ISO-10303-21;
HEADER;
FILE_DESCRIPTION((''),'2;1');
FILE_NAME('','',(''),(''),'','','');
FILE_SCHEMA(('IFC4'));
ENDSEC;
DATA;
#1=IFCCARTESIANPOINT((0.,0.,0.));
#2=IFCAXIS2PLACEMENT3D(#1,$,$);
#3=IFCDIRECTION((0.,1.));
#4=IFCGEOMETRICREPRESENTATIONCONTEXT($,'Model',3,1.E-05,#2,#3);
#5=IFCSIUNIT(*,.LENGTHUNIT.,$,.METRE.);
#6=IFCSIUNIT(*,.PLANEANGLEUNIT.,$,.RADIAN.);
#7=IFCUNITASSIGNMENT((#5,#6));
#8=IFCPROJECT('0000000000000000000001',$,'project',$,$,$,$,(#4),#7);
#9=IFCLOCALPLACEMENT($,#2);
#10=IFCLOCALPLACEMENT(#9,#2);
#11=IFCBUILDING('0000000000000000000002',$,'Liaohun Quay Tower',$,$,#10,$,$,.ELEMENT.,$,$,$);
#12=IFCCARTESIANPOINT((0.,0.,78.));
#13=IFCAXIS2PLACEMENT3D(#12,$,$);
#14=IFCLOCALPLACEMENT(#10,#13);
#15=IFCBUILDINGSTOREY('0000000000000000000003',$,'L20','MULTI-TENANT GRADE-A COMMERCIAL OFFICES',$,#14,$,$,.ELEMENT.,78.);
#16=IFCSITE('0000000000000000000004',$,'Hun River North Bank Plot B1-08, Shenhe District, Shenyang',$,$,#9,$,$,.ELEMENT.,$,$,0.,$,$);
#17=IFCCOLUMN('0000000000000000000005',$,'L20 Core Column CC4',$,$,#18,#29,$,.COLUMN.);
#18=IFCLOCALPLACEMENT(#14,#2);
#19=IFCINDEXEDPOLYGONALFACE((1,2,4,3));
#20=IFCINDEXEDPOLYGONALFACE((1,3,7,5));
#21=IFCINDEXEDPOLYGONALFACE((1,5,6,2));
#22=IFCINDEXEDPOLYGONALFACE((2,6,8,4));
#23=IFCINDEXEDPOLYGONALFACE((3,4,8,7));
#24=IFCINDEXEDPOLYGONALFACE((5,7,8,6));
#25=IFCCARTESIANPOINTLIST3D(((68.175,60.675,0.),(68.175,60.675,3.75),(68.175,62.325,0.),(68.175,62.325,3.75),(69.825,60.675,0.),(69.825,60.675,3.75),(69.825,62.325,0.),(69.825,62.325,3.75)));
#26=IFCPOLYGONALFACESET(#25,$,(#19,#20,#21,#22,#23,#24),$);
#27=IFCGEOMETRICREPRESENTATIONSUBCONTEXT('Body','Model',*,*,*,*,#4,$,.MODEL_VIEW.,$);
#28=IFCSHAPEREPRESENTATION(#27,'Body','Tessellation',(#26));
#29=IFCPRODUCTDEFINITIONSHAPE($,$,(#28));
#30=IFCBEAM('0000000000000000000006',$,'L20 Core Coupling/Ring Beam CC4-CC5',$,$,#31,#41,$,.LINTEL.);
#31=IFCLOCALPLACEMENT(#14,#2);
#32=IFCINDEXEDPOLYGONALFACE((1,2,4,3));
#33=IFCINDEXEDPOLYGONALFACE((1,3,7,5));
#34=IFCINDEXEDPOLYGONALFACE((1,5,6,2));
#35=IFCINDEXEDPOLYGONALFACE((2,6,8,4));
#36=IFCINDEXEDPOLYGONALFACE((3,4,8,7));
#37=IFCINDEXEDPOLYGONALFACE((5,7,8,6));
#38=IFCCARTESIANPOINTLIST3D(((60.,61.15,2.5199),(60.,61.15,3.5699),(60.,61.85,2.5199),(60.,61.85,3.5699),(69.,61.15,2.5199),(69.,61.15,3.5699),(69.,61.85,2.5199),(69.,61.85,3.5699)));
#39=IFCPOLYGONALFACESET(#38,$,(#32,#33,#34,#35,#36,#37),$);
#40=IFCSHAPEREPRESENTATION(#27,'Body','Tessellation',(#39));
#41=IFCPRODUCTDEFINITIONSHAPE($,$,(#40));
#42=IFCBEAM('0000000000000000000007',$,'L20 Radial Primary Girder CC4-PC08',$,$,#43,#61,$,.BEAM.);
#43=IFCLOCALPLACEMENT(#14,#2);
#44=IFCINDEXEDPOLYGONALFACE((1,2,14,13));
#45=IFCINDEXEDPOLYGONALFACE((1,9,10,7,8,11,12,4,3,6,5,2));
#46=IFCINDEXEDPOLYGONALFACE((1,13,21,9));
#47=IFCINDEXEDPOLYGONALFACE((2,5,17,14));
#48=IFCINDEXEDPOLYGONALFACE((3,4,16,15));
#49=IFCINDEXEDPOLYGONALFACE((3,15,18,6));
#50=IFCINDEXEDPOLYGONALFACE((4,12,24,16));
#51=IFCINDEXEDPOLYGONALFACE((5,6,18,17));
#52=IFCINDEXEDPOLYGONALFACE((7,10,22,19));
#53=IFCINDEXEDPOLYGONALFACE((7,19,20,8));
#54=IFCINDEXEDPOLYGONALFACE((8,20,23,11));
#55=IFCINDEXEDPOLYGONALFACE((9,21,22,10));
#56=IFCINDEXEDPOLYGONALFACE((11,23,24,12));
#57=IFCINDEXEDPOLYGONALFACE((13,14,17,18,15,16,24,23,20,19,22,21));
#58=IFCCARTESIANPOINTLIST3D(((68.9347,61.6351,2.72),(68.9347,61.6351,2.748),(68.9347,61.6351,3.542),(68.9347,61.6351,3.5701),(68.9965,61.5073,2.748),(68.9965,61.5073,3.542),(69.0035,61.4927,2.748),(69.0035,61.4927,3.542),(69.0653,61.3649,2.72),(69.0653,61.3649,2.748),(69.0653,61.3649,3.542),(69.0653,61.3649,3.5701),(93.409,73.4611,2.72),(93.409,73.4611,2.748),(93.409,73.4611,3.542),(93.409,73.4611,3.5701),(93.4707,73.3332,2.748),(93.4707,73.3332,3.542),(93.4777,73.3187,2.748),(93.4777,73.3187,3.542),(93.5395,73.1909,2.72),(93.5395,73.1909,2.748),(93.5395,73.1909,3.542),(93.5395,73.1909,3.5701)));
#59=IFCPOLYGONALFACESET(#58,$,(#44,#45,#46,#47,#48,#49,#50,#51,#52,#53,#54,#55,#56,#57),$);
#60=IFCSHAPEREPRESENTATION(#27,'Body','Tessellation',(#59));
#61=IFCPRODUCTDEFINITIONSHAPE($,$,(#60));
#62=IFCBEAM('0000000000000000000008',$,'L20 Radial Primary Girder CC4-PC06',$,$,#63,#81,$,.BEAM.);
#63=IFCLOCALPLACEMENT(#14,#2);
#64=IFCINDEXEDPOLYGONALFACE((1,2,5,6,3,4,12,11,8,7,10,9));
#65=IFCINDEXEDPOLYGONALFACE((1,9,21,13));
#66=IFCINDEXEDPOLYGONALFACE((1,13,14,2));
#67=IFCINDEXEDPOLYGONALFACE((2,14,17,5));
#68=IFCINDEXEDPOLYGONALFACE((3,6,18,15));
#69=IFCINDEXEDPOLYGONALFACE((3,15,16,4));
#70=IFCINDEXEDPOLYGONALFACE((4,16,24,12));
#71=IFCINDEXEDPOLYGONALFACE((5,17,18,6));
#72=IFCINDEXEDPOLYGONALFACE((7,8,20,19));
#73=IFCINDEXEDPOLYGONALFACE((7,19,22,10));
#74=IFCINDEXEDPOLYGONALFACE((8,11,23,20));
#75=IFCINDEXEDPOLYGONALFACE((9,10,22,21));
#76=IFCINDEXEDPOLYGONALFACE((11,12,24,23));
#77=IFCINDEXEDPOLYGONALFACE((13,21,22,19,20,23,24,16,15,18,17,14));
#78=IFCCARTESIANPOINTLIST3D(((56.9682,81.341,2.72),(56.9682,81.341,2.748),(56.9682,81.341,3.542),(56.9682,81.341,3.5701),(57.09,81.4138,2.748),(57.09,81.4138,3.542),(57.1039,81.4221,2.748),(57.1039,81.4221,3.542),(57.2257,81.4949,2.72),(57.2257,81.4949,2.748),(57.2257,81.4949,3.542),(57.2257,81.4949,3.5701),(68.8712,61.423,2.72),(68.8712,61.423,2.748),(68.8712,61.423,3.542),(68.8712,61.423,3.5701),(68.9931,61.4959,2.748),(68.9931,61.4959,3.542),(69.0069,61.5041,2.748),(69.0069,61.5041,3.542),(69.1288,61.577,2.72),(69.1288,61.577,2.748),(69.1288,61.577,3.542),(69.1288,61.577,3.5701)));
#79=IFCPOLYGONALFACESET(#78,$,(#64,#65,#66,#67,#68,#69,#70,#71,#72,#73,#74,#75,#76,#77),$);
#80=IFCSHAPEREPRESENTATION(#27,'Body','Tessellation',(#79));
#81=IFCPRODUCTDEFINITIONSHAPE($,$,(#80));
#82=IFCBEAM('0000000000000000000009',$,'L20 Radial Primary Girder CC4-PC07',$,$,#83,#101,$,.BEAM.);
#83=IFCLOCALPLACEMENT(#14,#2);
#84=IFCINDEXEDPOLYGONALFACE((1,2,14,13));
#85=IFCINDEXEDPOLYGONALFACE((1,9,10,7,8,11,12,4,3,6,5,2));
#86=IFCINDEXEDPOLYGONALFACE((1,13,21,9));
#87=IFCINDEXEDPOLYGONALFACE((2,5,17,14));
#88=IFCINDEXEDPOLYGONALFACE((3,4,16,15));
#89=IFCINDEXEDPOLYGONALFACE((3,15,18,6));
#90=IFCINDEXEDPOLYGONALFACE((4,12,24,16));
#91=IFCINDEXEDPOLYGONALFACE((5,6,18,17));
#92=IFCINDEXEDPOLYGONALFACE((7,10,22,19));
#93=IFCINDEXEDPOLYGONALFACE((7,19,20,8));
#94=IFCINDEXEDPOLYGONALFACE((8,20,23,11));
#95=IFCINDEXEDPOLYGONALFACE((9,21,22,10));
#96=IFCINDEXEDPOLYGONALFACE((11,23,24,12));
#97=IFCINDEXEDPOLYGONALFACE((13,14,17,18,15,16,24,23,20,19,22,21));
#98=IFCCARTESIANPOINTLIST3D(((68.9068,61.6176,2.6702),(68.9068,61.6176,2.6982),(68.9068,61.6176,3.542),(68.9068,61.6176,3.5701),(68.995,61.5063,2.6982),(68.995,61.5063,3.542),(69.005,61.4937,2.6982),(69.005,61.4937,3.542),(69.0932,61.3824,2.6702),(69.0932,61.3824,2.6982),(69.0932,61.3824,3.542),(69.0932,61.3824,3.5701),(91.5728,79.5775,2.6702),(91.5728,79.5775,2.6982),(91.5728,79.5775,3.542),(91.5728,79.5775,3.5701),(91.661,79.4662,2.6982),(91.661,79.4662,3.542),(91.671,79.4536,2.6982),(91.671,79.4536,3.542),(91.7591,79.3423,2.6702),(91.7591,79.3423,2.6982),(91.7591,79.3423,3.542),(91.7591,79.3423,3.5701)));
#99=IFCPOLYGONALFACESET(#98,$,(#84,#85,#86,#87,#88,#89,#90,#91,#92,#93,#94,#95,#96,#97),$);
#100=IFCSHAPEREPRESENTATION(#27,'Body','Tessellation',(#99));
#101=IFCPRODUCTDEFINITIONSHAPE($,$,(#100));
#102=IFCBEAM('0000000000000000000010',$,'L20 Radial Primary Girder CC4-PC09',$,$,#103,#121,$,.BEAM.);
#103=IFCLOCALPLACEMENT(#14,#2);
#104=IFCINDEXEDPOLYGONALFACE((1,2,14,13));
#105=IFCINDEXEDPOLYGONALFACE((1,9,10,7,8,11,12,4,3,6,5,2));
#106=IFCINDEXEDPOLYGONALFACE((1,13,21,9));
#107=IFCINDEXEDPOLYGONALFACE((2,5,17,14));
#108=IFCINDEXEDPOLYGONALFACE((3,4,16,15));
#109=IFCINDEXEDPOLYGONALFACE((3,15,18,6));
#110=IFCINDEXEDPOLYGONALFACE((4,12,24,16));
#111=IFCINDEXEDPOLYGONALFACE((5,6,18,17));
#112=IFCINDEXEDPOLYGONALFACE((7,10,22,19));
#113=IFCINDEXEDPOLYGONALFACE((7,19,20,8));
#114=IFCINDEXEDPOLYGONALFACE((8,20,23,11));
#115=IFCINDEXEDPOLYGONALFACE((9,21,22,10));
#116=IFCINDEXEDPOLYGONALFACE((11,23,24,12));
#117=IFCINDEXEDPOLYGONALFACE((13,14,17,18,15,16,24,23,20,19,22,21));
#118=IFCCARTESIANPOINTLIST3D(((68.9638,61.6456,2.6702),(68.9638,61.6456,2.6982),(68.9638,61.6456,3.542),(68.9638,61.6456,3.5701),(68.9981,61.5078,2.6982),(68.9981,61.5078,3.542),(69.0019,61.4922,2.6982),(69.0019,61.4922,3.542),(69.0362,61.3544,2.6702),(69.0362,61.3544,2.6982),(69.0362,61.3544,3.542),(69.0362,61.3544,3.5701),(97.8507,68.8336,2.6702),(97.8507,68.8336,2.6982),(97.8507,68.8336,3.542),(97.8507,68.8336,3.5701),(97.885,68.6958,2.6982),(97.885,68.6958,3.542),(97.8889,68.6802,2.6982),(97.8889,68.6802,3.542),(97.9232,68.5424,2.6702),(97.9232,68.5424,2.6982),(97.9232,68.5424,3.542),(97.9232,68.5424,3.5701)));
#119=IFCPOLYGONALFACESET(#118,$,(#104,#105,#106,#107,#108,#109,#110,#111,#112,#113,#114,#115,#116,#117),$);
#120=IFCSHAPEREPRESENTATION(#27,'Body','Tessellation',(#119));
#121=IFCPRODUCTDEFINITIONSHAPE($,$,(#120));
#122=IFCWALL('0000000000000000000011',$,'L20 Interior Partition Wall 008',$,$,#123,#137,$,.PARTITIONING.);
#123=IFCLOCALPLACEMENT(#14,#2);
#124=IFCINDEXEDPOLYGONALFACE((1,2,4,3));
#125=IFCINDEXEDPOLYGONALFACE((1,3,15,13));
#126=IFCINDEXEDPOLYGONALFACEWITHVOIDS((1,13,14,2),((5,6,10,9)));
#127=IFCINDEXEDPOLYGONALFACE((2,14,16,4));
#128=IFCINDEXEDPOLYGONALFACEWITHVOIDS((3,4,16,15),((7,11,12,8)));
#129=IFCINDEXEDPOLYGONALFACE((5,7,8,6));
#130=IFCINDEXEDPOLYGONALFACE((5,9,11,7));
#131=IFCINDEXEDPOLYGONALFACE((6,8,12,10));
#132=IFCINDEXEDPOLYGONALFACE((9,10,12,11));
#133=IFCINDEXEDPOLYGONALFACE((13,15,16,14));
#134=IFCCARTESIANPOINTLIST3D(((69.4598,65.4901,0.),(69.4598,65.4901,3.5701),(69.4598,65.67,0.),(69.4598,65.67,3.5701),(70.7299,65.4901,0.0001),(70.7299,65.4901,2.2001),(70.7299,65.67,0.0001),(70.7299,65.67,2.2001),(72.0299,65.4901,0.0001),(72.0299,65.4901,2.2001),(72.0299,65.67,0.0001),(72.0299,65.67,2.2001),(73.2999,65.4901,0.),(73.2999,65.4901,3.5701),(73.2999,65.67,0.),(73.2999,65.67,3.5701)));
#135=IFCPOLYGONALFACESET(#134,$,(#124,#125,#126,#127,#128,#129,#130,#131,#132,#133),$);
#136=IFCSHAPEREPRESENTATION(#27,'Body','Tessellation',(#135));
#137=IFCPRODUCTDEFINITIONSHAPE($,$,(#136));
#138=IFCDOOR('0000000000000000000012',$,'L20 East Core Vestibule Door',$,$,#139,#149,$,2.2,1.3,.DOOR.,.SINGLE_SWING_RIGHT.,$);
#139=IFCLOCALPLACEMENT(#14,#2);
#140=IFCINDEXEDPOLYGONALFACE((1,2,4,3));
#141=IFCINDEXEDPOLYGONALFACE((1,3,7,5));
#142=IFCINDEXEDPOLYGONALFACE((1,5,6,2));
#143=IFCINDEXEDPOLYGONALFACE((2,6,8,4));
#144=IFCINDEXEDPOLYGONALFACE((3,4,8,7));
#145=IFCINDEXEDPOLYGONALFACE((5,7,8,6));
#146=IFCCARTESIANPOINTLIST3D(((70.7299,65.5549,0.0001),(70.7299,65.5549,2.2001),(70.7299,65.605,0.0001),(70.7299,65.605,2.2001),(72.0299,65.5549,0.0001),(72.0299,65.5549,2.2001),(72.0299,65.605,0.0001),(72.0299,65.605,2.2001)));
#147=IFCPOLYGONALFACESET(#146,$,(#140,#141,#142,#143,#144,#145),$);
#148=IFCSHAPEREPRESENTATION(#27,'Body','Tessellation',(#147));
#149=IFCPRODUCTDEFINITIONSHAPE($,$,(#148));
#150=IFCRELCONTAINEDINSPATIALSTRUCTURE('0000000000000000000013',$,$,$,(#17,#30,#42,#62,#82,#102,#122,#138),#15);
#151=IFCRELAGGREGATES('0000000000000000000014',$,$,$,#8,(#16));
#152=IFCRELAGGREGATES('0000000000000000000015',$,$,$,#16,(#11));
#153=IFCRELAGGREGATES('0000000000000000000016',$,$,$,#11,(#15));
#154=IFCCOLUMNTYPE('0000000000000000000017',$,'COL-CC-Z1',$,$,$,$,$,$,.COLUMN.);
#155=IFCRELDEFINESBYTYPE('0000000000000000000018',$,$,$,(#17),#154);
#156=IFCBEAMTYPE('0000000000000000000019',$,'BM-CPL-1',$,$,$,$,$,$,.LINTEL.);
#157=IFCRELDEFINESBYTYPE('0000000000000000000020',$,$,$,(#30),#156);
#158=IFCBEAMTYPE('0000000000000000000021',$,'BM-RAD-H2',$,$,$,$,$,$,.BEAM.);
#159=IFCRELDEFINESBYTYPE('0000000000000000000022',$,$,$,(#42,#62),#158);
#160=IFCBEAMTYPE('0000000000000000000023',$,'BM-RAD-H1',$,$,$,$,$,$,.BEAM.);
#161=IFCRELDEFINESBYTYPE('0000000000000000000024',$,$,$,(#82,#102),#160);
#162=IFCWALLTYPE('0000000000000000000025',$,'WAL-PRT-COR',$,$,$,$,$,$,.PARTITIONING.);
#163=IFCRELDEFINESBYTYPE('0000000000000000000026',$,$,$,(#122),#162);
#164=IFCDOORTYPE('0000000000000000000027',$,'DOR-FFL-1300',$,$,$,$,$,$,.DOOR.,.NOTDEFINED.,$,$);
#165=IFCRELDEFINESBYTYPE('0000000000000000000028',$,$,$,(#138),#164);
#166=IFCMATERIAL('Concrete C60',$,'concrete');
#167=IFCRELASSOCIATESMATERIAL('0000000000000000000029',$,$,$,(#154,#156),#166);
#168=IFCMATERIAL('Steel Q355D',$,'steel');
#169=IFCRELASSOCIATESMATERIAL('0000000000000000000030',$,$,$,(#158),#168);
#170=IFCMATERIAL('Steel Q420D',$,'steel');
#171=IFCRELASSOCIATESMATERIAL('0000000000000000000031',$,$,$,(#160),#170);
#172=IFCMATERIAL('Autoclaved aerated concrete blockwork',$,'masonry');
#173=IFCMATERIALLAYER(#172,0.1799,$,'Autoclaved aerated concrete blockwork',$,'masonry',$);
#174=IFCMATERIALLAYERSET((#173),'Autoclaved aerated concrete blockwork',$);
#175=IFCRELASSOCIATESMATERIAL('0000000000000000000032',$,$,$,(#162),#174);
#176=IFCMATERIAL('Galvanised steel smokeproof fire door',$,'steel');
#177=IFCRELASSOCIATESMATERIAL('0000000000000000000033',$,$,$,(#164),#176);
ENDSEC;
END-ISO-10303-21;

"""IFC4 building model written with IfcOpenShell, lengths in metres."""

from ifc_helpers import new_model, si_unit, direction, frame, frame_2d, origin, origin_2d, place, context, subcontext, project, spatial, rectangle, i_section, extrude, source, transform, mapped, material, layer, layer_set, material_profile, profile_set, type_object, element, fill, save


model = new_model("IFC4")

# Units and contexts
model_context = context("Model", 3, precision=1e-05, world=origin(), true_north=direction((0.0, 1.0)))
body_context = subcontext(model_context, "Body", "Model", "MODEL_VIEW")
ifc_project = project(units=[si_unit("LENGTHUNIT", "METRE"), si_unit("PLANEANGLEUNIT", "RADIAN")], contexts=[model_context])

# Site, building, storey
site_placement = place(None, origin())
site = spatial("IfcSite", under=ifc_project, at=site_placement, Name="Hun River North Bank Plot B1-08, Shenhe District, Shenyang", CompositionType="ELEMENT", RefElevation=0.0)
building_placement = place(site_placement, origin())
building = spatial("IfcBuilding", under=site, at=building_placement, Name="Liaohun Quay Tower", CompositionType="ELEMENT")
storey_placement = place(building_placement, frame((0.0, 0.0, 78.0)))
storey = spatial("IfcBuildingStorey", under=building, at=storey_placement, Name="L20", Description="MULTI-TENANT GRADE-A COMMERCIAL OFFICES", CompositionType="ELEMENT", Elevation=78.0)

# Column
ifc_material_1 = material(Name="Concrete C60", Category="concrete")
ifc_material_profile_1 = material_profile(ifc_material_1, rectangle(XDim=1.6499, YDim=1.6499, at=origin_2d()), Name="RC1650x1650")
ifc_profile_set_1 = profile_set([ifc_material_profile_1], Name="Concrete C60")
column_type = type_object("IfcColumnType", Name="COL-CC-Z1", PredefinedType="COLUMN", material=ifc_profile_set_1)
shared_shape_1 = source(origin(), body_context, "Body", "SweptSolid", [
    extrude(rectangle(XDim=1.6499, YDim=1.6499, at=origin_2d()), origin(), (0.0, 0.0, 1.0), 3.75),
])
column_placement = place(storey_placement, frame((69.0, 61.5, 0.0), z_axis=(0.0, 0.0, 1.0), x_axis=(1.0, 0.0, 0.0)))
element("IfcColumn", 1, at=column_placement, inside=storey, type_object=column_type, Name="L20 Core Column CC4", PredefinedType="COLUMN", context=body_context, shape_type="MappedRepresentation", body=[
    mapped(shared_shape_1, transform((0.0, 0.0, 0.0), x_axis=(1.0, 0.0, 0.0), y_axis=(0.0, 1.0, 0.0), z_axis=(0.0, 0.0, 1.0), scale=1.0)),
])

# Beams
ifc_material_profile_2 = material_profile(ifc_material_1, rectangle(XDim=0.7, YDim=1.05, at=origin_2d()), Name="RC700x1050")
ifc_profile_set_2 = profile_set([ifc_material_profile_2], Name="Concrete C60")
beam_type_1 = type_object("IfcBeamType", Name="BM-CPL-1", PredefinedType="LINTEL", material=ifc_profile_set_2)
shared_shape_2 = source(origin(), body_context, "Body", "SweptSolid", [
    extrude(rectangle(XDim=0.7, YDim=1.05, at=origin_2d()), origin(), (0.0, 0.0, 1.0), 9.0),
])
beam_1_placement = place(storey_placement, frame((69.0, 61.5, 3.0449), z_axis=(-1.0, 0.0, 0.0), x_axis=(0.0, -1.0, 0.0)))
element("IfcBeam", 2, at=beam_1_placement, inside=storey, type_object=beam_type_1, Name="L20 Core Coupling/Ring Beam CC4-CC5", PredefinedType="LINTEL", context=body_context, shape_type="MappedRepresentation", body=[
    mapped(shared_shape_2, transform((0.0, 0.0, 0.0), x_axis=(1.0, 0.0, 0.0), y_axis=(0.0, 1.0, 0.0), z_axis=(0.0, 0.0, 1.0), scale=1.0)),
])
ifc_material_2 = material(Name="Steel Q355D", Category="steel")
ifc_material_profile_3 = material_profile(ifc_material_2, i_section(OverallWidth=0.3, OverallDepth=0.8501, WebThickness=0.0161, FlangeThickness=0.0281, at=origin_2d()), Name="HN850x300x16x28")
ifc_profile_set_3 = profile_set([ifc_material_profile_3], Name="Steel Q355D")
beam_type_2 = type_object("IfcBeamType", Name="BM-RAD-H2", PredefinedType="BEAM", material=ifc_profile_set_3)
shared_shape_3 = source(origin(), body_context, "Body", "SweptSolid", [
    extrude(i_section(OverallWidth=0.3, OverallDepth=0.8501, WebThickness=0.0161, FlangeThickness=0.0281, at=origin_2d()), origin(), (0.0, 0.0, 1.0), 27.1816),
])
beam_2_placement = place(storey_placement, frame((69.0, 61.5, 3.145), z_axis=(0.900396, 0.435072, 0.0), x_axis=(-0.435072, 0.900396, 0.0)))
element("IfcBeam", 3, at=beam_2_placement, inside=storey, type_object=beam_type_2, Name="L20 Radial Primary Girder CC4-PC08", PredefinedType="BEAM", context=body_context, shape_type="MappedRepresentation", body=[
    mapped(shared_shape_3, transform((0.0, 0.0, 0.0), x_axis=(1.0, 0.0, 0.0), y_axis=(0.0, 1.0, 0.0), z_axis=(0.0, 0.0, 1.0), scale=1.0)),
])
shared_shape_4 = source(origin(), body_context, "Body", "SweptSolid", [
    extrude(i_section(OverallWidth=0.3, OverallDepth=0.8501, WebThickness=0.0161, FlangeThickness=0.0281, at=origin_2d()), origin(), (0.0, 0.0, 1.0), 23.2036),
])
beam_3_placement = place(storey_placement, frame((69.0, 61.5, 3.145), z_axis=(-0.512983, 0.858399, 0.0), x_axis=(-0.858399, -0.512983, 0.0)))
element("IfcBeam", 4, at=beam_3_placement, inside=storey, type_object=beam_type_2, Name="L20 Radial Primary Girder CC4-PC06", PredefinedType="BEAM", context=body_context, shape_type="MappedRepresentation", body=[
    mapped(shared_shape_4, transform((0.0, 0.0, 0.0), x_axis=(1.0, 0.0, 0.0), y_axis=(0.0, 1.0, 0.0), z_axis=(0.0, 0.0, 1.0), scale=1.0)),
])
ifc_material_3 = material(Name="Steel Q420D", Category="steel")
ifc_material_profile_4 = material_profile(ifc_material_3, i_section(OverallWidth=0.3, OverallDepth=0.8999, WebThickness=0.0161, FlangeThickness=0.0281, at=origin_2d()), Name="HN900x300x16x28")
ifc_profile_set_4 = profile_set([ifc_material_profile_4], Name="Steel Q420D")
beam_type_3 = type_object("IfcBeamType", Name="BM-RAD-H1", PredefinedType="BEAM", material=ifc_profile_set_4)
shared_shape_5 = source(origin(), body_context, "Body", "SweptSolid", [
    extrude(i_section(OverallWidth=0.3, OverallDepth=0.8999, WebThickness=0.0161, FlangeThickness=0.0281, at=origin_2d()), origin(), (0.0, 0.0, 1.0), 28.9189),
])
beam_4_placement = place(storey_placement, frame((69.0, 61.5, 3.1201), z_axis=(0.783776, 0.621044, 0.0), x_axis=(-0.621044, 0.783776, 0.0)))
element("IfcBeam", 5, at=beam_4_placement, inside=storey, type_object=beam_type_3, Name="L20 Radial Primary Girder CC4-PC07", PredefinedType="BEAM", context=body_context, shape_type="MappedRepresentation", body=[
    mapped(shared_shape_5, transform((0.0, 0.0, 0.0), x_axis=(1.0, 0.0, 0.0), y_axis=(0.0, 1.0, 0.0), z_axis=(0.0, 0.0, 1.0), scale=1.0)),
])
shared_shape_6 = source(origin(), body_context, "Body", "SweptSolid", [
    extrude(i_section(OverallWidth=0.3, OverallDepth=0.8999, WebThickness=0.0161, FlangeThickness=0.0281, at=origin_2d()), origin(), (0.0, 0.0, 1.0), 29.7678),
])
beam_5_placement = place(storey_placement, frame((69.0, 61.5, 3.1201), z_axis=(0.970409, 0.241468, 0.0), x_axis=(-0.241468, 0.970409, 0.0)))
element("IfcBeam", 6, at=beam_5_placement, inside=storey, type_object=beam_type_3, Name="L20 Radial Primary Girder CC4-PC09", PredefinedType="BEAM", context=body_context, shape_type="MappedRepresentation", body=[
    mapped(shared_shape_6, transform((0.0, 0.0, 0.0), x_axis=(1.0, 0.0, 0.0), y_axis=(0.0, 1.0, 0.0), z_axis=(0.0, 0.0, 1.0), scale=1.0)),
])

# Wall, opening, door
ifc_material_4 = material(Name="Autoclaved aerated concrete blockwork", Category="masonry")
ifc_layer_1 = layer(ifc_material_4, 0.1799, Name="Autoclaved aerated concrete blockwork", Category="masonry")
ifc_layer_set_1 = layer_set([ifc_layer_1], Name="Autoclaved aerated concrete blockwork")
wall_type_1 = type_object("IfcWallType", Name="WAL-PRT-COR", PredefinedType="PARTITIONING", material=ifc_layer_set_1)
wall_1_placement = place(storey_placement, frame((69.46, 65.5801, 0.0), z_axis=(0.0, 0.0, 1.0), x_axis=(1.0, 0.0, 0.0)))
wall_1 = element("IfcWall", 7, at=wall_1_placement, inside=storey, type_object=wall_type_1, Name="L20 Interior Partition Wall 008", PredefinedType="PARTITIONING", context=body_context, shape_type="SweptSolid", body=[
    extrude(rectangle(XDim=3.8401, YDim=0.1799, at=frame_2d((1.9199, 0.0))), origin(), (0.0, 0.0, 1.0), 3.5701),
])
shared_shape_7 = source(origin(), body_context, "Body", "SweptSolid", [
    extrude(rectangle(XDim=1.3, YDim=2.2, at=frame_2d((0.6499, 1.1001))), frame((0.0, 0.0999, 0.0), z_axis=(0.0, -1.0, 0.0), x_axis=(1.0, 0.0, 0.0)), (0.0, 0.0, 1.0), 0.2),
])
opening_1_placement = place(wall_1_placement, frame((1.27, 0.0, 0.0)))
opening_1 = element("IfcOpeningElement", 8, at=opening_1_placement, cuts=wall_1, PredefinedType="OPENING", context=body_context, shape_type="MappedRepresentation", body=[
    mapped(shared_shape_7, transform((0.0, 0.0, 0.0), x_axis=(1.0, 0.0, 0.0), y_axis=(0.0, 1.0, 0.0), z_axis=(0.0, 0.0, 1.0), scale=1.0)),
])
ifc_material_5 = material(Name="Galvanised steel smokeproof fire door", Category="steel")
door_type_1 = type_object("IfcDoorType", Name="DOR-FFL-1300", OperationType="NOTDEFINED", PredefinedType="DOOR", material=ifc_material_5)
shared_shape_8 = source(origin(), body_context, "Body", "SweptSolid", [
    extrude(rectangle(XDim=1.3, YDim=2.2, at=frame_2d((0.6499, 1.1001))), frame((0.0, 0.0249, 0.0), z_axis=(0.0, -1.0, 0.0), x_axis=(1.0, 0.0, 0.0)), (0.0, 0.0, 1.0), 0.05),
])
door_1_placement = place(opening_1_placement, origin())
door_1 = element("IfcDoor", 9, at=door_1_placement, inside=storey, type_object=door_type_1, Name="L20 East Core Vestibule Door", OperationType="SINGLE_SWING_RIGHT", OverallHeight=2.2, OverallWidth=1.3, PredefinedType="DOOR", context=body_context, shape_type="MappedRepresentation", body=[
    mapped(shared_shape_8, transform((0.0, 0.0, 0.0), x_axis=(1.0, 0.0, 0.0), y_axis=(0.0, 1.0, 0.0), z_axis=(0.0, 0.0, 1.0), scale=1.0)),
])
fill(opening_1, door_1)

save(model, "model.ifc")
